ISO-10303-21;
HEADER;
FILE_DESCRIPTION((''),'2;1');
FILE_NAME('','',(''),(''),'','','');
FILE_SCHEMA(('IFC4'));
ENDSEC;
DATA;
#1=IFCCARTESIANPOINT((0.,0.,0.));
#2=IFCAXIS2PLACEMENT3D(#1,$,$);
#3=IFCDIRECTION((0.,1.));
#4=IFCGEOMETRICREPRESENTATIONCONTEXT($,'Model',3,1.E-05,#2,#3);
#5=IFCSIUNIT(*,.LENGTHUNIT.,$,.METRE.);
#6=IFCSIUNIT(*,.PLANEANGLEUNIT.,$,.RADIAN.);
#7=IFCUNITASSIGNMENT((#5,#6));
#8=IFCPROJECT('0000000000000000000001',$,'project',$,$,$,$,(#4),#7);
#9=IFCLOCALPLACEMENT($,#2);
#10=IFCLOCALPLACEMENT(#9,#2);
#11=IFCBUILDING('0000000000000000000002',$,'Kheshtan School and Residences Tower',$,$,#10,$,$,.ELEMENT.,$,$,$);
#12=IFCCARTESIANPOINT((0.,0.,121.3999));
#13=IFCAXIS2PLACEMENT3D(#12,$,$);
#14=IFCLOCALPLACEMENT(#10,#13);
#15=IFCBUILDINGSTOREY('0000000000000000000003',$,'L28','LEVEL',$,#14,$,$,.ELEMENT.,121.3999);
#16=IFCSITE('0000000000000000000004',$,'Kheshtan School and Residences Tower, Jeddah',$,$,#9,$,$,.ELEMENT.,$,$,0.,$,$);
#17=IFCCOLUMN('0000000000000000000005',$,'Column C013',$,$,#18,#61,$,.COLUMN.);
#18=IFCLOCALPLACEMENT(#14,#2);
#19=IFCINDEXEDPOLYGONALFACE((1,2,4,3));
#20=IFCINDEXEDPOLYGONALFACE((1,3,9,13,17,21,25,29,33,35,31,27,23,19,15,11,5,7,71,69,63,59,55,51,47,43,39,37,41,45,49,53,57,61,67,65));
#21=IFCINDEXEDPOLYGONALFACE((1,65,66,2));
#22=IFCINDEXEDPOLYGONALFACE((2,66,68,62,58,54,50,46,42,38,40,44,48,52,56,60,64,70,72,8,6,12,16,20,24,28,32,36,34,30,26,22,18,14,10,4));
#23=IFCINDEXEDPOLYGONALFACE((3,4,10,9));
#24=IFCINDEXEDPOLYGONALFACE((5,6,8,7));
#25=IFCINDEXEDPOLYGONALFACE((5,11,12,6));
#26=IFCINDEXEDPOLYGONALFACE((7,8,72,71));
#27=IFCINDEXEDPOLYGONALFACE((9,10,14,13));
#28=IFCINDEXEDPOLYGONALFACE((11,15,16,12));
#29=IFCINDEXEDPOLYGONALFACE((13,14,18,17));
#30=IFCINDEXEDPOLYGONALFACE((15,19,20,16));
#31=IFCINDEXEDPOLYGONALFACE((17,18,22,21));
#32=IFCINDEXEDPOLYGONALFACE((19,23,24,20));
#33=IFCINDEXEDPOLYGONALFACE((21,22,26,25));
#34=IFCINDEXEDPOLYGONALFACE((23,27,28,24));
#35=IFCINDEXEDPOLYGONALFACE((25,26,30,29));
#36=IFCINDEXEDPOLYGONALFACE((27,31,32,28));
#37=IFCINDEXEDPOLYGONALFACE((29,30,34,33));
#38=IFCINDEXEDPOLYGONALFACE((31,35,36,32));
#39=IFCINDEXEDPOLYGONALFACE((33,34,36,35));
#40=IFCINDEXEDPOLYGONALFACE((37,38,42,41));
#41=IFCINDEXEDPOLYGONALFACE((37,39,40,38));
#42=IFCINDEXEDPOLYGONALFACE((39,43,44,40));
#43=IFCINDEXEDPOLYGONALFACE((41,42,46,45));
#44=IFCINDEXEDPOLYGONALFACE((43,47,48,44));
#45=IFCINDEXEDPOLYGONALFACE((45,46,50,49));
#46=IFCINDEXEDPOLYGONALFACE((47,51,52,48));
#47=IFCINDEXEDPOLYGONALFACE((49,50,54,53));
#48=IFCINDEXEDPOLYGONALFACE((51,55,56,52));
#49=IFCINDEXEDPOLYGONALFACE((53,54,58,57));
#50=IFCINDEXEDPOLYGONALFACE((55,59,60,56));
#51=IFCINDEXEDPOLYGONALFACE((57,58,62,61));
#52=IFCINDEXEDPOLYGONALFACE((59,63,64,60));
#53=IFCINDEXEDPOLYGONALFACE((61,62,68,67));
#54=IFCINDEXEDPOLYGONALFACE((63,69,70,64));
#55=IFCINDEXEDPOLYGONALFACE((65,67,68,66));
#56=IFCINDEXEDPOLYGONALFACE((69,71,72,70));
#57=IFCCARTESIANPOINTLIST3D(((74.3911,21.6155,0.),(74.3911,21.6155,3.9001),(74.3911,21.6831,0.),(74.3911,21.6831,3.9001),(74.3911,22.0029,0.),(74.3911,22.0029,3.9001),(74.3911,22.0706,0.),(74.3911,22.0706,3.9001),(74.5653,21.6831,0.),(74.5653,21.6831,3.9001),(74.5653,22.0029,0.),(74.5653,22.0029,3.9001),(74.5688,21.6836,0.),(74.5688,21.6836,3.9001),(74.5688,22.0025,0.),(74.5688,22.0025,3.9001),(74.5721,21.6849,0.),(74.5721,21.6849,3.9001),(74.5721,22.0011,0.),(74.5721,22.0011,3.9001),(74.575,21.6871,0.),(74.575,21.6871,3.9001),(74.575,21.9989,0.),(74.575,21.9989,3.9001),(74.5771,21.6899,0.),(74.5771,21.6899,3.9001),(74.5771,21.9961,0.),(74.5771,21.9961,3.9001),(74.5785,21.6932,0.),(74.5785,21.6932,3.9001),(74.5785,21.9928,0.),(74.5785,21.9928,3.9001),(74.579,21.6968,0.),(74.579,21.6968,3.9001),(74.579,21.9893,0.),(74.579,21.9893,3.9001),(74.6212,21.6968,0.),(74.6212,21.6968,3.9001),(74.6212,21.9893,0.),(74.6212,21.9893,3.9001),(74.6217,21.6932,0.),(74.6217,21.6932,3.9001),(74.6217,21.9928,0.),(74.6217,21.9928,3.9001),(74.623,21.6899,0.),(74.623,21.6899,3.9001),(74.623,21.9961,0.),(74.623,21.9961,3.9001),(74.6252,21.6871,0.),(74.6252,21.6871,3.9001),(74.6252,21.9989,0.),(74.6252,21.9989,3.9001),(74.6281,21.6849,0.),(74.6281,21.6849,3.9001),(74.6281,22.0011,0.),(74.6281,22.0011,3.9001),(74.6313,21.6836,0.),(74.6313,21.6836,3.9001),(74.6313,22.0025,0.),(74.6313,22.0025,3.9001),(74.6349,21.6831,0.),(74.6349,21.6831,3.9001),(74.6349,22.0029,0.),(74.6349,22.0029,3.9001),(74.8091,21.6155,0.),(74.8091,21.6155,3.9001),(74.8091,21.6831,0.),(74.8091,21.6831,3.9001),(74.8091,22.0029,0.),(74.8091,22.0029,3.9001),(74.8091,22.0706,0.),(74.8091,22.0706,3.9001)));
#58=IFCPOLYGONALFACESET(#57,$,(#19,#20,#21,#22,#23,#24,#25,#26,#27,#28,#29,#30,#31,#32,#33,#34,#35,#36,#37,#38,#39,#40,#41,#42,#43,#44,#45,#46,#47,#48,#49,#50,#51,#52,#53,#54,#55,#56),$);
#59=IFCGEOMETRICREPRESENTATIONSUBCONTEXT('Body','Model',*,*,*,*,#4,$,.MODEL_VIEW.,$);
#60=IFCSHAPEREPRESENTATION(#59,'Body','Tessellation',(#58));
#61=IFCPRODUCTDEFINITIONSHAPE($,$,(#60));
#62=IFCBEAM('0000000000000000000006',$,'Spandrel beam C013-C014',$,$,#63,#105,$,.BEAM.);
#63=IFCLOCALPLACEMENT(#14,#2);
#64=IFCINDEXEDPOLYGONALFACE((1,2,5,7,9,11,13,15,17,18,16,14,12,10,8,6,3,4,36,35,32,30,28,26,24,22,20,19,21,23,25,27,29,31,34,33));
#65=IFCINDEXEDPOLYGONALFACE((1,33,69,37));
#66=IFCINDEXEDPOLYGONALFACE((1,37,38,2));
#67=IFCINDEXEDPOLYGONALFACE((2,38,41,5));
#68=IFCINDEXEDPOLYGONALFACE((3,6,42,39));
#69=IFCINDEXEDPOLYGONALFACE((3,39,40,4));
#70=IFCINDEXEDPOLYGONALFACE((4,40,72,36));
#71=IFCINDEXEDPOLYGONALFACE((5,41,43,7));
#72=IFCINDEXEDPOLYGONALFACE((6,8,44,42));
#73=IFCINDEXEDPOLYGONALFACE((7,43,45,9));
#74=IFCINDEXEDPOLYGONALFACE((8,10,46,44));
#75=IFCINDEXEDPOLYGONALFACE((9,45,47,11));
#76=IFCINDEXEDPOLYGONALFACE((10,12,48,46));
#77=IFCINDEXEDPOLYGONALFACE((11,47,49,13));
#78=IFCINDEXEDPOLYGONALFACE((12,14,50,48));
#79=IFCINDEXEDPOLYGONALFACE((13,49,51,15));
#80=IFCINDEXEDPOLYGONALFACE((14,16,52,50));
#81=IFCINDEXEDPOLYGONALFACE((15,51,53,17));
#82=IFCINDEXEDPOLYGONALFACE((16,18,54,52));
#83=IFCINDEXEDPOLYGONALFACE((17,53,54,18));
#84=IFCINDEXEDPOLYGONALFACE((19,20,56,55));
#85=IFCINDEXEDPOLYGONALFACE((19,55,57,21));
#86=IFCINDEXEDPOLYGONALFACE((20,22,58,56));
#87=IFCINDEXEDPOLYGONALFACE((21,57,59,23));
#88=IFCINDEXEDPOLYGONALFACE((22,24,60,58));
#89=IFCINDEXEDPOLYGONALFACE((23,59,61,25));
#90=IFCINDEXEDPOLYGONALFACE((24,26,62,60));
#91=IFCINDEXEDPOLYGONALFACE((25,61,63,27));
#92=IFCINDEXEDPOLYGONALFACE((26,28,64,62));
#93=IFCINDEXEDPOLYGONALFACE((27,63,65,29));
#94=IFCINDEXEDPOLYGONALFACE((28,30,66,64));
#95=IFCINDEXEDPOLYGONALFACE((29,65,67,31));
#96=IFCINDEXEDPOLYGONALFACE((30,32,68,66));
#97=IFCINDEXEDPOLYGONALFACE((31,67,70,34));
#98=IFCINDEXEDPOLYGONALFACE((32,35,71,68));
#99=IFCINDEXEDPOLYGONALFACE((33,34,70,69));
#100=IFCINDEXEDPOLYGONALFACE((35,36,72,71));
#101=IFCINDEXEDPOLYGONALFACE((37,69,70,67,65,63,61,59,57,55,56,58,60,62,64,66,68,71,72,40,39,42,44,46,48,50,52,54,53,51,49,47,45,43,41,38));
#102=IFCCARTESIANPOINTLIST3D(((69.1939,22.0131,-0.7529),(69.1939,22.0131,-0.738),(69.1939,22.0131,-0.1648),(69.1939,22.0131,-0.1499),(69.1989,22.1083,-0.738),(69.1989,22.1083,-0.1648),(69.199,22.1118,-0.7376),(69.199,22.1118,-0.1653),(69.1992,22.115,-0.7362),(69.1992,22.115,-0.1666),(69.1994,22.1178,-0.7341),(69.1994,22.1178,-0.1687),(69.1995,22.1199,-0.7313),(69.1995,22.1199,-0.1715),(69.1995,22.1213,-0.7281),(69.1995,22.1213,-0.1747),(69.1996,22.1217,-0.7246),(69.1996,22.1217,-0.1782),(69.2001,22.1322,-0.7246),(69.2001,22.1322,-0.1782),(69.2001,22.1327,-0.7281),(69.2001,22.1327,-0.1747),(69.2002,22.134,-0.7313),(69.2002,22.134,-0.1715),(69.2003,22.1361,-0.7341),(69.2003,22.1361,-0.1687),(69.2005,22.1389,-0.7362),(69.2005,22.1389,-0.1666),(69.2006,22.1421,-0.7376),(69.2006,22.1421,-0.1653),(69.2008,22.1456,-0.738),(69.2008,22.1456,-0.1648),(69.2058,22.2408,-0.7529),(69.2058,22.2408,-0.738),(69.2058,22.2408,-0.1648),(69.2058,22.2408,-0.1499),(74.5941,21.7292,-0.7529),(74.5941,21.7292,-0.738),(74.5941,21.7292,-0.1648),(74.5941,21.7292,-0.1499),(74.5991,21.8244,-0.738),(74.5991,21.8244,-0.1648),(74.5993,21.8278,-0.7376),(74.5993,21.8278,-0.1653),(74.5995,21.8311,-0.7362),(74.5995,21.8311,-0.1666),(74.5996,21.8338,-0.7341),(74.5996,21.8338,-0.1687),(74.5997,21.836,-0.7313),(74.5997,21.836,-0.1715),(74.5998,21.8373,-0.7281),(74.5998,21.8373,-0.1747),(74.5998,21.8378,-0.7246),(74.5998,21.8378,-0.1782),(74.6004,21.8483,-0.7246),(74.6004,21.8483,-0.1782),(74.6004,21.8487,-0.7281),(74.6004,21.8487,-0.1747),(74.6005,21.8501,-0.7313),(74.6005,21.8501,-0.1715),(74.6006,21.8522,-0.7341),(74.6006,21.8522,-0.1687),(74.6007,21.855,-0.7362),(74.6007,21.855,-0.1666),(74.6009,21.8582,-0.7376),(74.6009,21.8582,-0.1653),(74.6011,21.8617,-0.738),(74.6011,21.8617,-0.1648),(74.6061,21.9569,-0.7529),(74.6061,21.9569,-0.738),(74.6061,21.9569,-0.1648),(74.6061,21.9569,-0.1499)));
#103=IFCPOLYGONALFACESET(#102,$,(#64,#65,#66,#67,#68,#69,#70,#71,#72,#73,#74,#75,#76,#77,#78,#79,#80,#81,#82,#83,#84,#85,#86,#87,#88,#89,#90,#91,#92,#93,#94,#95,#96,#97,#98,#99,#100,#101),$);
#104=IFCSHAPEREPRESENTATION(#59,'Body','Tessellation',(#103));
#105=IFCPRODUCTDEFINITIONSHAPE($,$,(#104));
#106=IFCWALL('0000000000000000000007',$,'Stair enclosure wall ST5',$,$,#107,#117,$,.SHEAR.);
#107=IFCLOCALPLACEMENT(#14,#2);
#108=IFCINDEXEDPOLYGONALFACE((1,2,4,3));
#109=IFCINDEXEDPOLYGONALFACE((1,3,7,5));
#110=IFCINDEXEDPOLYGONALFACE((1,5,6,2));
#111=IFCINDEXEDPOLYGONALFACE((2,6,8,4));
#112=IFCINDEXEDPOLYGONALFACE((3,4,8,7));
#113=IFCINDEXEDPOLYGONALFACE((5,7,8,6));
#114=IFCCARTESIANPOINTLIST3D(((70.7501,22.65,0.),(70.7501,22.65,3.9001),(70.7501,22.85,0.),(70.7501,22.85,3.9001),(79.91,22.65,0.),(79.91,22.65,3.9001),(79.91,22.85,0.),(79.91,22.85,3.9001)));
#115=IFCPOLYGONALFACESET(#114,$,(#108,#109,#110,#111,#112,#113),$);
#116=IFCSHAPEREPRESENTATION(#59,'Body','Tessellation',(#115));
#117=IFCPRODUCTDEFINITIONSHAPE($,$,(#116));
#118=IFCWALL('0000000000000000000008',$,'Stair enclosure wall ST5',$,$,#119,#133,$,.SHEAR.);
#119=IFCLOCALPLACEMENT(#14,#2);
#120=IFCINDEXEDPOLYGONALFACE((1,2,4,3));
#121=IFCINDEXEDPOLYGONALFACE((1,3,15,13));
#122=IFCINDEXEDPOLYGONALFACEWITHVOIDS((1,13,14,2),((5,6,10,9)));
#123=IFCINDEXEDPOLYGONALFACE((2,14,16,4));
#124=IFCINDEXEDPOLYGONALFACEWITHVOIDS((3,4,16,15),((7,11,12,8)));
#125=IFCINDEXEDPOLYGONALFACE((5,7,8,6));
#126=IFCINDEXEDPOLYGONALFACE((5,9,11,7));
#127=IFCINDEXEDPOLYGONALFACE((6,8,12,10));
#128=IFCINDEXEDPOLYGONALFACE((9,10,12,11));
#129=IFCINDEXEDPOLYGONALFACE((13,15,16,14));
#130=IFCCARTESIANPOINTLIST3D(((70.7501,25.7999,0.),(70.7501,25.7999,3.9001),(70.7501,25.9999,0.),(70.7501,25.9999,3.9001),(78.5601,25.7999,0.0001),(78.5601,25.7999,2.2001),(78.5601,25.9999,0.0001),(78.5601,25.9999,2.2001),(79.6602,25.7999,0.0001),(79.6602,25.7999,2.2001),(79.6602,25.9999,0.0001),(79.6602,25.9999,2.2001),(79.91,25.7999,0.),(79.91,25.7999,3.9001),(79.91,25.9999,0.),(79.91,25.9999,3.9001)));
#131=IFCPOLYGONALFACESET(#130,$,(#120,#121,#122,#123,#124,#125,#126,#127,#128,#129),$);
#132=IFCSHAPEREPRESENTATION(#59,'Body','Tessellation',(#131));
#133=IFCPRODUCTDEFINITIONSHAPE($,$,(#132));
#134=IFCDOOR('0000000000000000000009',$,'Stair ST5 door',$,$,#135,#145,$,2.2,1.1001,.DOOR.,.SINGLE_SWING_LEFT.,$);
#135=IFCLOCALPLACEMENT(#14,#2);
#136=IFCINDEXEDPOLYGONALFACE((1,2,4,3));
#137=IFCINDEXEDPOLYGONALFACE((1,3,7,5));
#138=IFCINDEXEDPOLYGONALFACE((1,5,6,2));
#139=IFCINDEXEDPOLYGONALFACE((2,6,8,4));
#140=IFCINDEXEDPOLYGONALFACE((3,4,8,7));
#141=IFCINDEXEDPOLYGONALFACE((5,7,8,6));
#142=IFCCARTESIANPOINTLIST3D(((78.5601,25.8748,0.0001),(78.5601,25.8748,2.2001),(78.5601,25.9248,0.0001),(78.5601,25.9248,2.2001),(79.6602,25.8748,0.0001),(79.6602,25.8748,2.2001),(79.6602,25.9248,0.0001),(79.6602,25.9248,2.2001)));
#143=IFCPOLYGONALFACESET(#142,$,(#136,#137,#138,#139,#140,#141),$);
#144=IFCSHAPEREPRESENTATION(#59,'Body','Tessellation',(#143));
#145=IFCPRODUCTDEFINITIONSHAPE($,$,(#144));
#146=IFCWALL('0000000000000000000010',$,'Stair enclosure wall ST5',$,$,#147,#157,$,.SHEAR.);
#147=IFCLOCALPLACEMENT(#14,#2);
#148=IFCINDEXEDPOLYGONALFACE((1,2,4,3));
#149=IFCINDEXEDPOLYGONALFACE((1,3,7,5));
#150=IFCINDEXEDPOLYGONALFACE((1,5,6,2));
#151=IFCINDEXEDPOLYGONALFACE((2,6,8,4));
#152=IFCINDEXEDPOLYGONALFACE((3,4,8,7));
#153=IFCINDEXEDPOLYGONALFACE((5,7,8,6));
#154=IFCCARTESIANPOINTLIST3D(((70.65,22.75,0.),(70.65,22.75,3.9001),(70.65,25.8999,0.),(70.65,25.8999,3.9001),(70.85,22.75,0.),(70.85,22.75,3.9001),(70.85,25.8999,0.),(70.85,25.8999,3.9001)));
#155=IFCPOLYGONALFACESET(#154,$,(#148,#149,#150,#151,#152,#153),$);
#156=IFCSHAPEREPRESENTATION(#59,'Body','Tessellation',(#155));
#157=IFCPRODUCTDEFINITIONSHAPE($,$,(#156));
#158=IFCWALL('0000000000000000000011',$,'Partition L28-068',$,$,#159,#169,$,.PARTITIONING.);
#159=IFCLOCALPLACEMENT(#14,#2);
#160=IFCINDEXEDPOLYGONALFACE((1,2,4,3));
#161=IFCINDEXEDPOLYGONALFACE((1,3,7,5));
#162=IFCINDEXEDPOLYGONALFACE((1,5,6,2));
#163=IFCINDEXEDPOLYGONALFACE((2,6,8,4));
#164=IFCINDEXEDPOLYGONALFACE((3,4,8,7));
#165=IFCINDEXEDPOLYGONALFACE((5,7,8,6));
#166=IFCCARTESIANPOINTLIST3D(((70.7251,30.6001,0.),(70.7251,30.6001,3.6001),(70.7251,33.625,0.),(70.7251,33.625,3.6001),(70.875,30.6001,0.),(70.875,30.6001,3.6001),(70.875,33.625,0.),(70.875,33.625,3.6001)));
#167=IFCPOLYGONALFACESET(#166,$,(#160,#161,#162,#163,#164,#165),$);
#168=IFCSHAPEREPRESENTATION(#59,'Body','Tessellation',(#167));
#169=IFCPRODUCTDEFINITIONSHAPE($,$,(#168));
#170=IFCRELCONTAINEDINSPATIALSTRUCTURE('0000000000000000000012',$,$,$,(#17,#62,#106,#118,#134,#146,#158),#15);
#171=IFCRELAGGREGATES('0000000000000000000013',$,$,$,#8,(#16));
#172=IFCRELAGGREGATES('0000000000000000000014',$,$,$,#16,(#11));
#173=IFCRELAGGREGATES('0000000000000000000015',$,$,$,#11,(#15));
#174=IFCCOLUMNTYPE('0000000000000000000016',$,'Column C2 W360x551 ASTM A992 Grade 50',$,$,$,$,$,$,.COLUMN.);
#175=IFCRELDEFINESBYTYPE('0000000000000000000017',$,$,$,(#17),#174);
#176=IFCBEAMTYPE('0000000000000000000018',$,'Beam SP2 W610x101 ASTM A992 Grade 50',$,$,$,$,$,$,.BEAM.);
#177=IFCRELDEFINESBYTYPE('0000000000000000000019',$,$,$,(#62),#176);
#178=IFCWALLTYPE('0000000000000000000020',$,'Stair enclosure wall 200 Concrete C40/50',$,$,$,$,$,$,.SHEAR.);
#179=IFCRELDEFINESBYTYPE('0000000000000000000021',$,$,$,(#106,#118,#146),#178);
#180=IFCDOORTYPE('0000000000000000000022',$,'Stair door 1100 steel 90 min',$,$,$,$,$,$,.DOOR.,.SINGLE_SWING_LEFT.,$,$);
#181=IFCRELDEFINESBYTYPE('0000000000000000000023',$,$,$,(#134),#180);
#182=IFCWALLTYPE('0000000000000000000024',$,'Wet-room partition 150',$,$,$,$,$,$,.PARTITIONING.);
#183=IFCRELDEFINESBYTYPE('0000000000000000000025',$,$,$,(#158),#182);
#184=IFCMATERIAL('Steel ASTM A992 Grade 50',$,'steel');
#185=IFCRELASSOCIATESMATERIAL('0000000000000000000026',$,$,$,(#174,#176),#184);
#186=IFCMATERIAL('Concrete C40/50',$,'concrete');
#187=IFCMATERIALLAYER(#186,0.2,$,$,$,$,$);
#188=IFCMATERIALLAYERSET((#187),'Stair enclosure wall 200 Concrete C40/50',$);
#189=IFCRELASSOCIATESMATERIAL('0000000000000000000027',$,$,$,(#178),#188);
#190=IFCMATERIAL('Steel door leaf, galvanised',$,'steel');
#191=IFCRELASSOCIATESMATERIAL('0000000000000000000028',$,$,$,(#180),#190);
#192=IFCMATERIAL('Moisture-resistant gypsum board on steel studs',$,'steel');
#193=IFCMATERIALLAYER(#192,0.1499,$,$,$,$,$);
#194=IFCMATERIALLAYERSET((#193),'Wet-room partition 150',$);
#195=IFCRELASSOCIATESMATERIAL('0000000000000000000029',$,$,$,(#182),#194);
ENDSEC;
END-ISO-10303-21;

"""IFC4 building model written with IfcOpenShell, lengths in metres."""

from ifc_helpers import new_model, si_unit, direction, frame, frame_2d, origin, origin_2d, place, context, subcontext, project, spatial, rectangle, i_section, extrude, source, transform, mapped, material, layer, layer_set, material_profile, profile_set, type_object, element, fill, save


model = new_model("IFC4")

# Units and contexts
model_context = context("Model", 3, precision=1e-05, world=origin(), true_north=direction((0.0, 1.0)))
body_context = subcontext(model_context, "Body", "Model", "MODEL_VIEW")
ifc_project = project(units=[si_unit("LENGTHUNIT", "METRE"), si_unit("PLANEANGLEUNIT", "RADIAN")], contexts=[model_context])

# Site, building, storey
site_placement = place(None, origin())
site = spatial("IfcSite", under=ifc_project, at=site_placement, Name="Kheshtan School and Residences Tower, Jeddah", CompositionType="ELEMENT", RefElevation=0.0)
building_placement = place(site_placement, origin())
building = spatial("IfcBuilding", under=site, at=building_placement, Name="Kheshtan School and Residences Tower", CompositionType="ELEMENT")
storey_placement = place(building_placement, frame((0.0, 0.0, 121.3999)))
storey = spatial("IfcBuildingStorey", under=building, at=storey_placement, Name="L28", Description="LEVEL", CompositionType="ELEMENT", Elevation=121.3999)

# Column
ifc_material_1 = material(Name="Steel ASTM A992 Grade 50", Category="steel")
ifc_material_profile_1 = material_profile(ifc_material_1, i_section(OverallWidth=0.418, OverallDepth=0.4551, WebThickness=0.0422, FlangeThickness=0.0676, FilletRadius=0.0137, at=origin_2d()), Name="W360x551")
ifc_profile_set_1 = profile_set([ifc_material_profile_1], Name="Steel ASTM A992 Grade 50")
column_type = type_object("IfcColumnType", Name="Column C2 W360x551 ASTM A992 Grade 50", PredefinedType="COLUMN", material=ifc_profile_set_1)
column_placement = place(storey_placement, frame((74.6001, 21.843, 0.0), z_axis=(0.0, 0.0, 1.0), x_axis=(1.0, 0.0, 0.0)))
element("IfcColumn", 1, at=column_placement, inside=storey, type_object=column_type, Name="Column C013", PredefinedType="COLUMN", context=body_context, shape_type="SweptSolid", body=[
    extrude(i_section(OverallWidth=0.418, OverallDepth=0.4551, WebThickness=0.0422, FlangeThickness=0.0676, FilletRadius=0.0137, at=origin_2d()), origin(), (0.0, 0.0, 1.0), 3.9001),
])

# Beam
ifc_material_profile_2 = material_profile(ifc_material_1, i_section(OverallWidth=0.228, OverallDepth=0.603, WebThickness=0.0105, FlangeThickness=0.0149, FilletRadius=0.0134, at=origin_2d()), Name="W610x101")
ifc_profile_set_2 = profile_set([ifc_material_profile_2], Name="Steel ASTM A992 Grade 50")
beam_type = type_object("IfcBeamType", Name="Beam SP2 W610x101 ASTM A992 Grade 50", PredefinedType="BEAM", material=ifc_profile_set_2)
beam_placement = place(storey_placement, frame((74.6001, 21.843, -0.4514), z_axis=(-0.998621, 0.052507, 0.0), x_axis=(-0.052507, -0.998621, 0.0)))
element("IfcBeam", 2, at=beam_placement, inside=storey, type_object=beam_type, Name="Spandrel beam C013-C014", PredefinedType="BEAM", context=body_context, shape_type="SweptSolid", body=[
    extrude(i_section(OverallWidth=0.228, OverallDepth=0.603, WebThickness=0.0105, FlangeThickness=0.0149, FilletRadius=0.0134, at=origin_2d()), origin(), (0.0, 0.0, 1.0), 5.4077),
])

# Wall
ifc_material_2 = material(Name="Concrete C40/50", Category="concrete")
ifc_layer_1 = layer(ifc_material_2, 0.2)
ifc_layer_set_1 = layer_set([ifc_layer_1], Name="Stair enclosure wall 200 Concrete C40/50")
wall_type_1 = type_object("IfcWallType", Name="Stair enclosure wall 200 Concrete C40/50", PredefinedType="SHEAR", material=ifc_layer_set_1)
wall_1_placement = place(storey_placement, frame((70.75, 22.75, 0.0), z_axis=(0.0, 0.0, 1.0), x_axis=(1.0, 0.0, 0.0)))
element("IfcWall", 3, at=wall_1_placement, inside=storey, type_object=wall_type_1, Name="Stair enclosure wall ST5", PredefinedType="SHEAR", context=body_context, shape_type="SweptSolid", body=[
    extrude(rectangle(XDim=9.1599, YDim=0.2, at=frame_2d((4.5801, 0.0))), origin(), (0.0, 0.0, 1.0), 3.9001),
])

# Wall, opening, door
wall_2_placement = place(storey_placement, frame((70.75, 25.8999, 0.0), z_axis=(0.0, 0.0, 1.0), x_axis=(1.0, 0.0, 0.0)))
wall_2 = element("IfcWall", 4, at=wall_2_placement, inside=storey, type_object=wall_type_1, Name="Stair enclosure wall ST5", PredefinedType="SHEAR", context=body_context, shape_type="SweptSolid", body=[
    extrude(rectangle(XDim=9.1599, YDim=0.2, at=frame_2d((4.5801, 0.0))), origin(), (0.0, 0.0, 1.0), 3.9001),
])
opening_1_placement = place(wall_2_placement, frame((7.8101, 0.0, 0.0)))
opening_1 = element("IfcOpeningElement", 5, at=opening_1_placement, cuts=wall_2, PredefinedType="OPENING", context=body_context, shape_type="SweptSolid", body=[
    extrude(rectangle(XDim=1.1001, YDim=2.2, at=frame_2d((0.55, 1.1001))), frame((0.0, 0.1099, 0.0), z_axis=(0.0, -1.0, 0.0), x_axis=(1.0, 0.0, 0.0)), (0.0, 0.0, 1.0), 0.22),
])
ifc_material_3 = material(Name="Steel door leaf, galvanised", Category="steel")
door_type_1 = type_object("IfcDoorType", Name="Stair door 1100 steel 90 min", OperationType="SINGLE_SWING_LEFT", PredefinedType="DOOR", material=ifc_material_3)
shared_shape_1 = source(origin(), body_context, "Body", "SweptSolid", [
    extrude(rectangle(XDim=1.1001, YDim=2.2, at=frame_2d((0.55, 1.1001))), frame((0.0, 0.0249, 0.0), z_axis=(0.0, -1.0, 0.0), x_axis=(1.0, 0.0, 0.0)), (0.0, 0.0, 1.0), 0.05),
])
door_1_placement = place(opening_1_placement, origin())
door_1 = element("IfcDoor", 6, at=door_1_placement, inside=storey, type_object=door_type_1, Name="Stair ST5 door", OperationType="SINGLE_SWING_LEFT", OverallHeight=2.2, OverallWidth=1.1001, PredefinedType="DOOR", context=body_context, shape_type="MappedRepresentation", body=[
    mapped(shared_shape_1, transform((0.0, 0.0, 0.0), x_axis=(1.0, 0.0, 0.0), y_axis=(0.0, 1.0, 0.0), z_axis=(0.0, 0.0, 1.0), scale=1.0)),
])
fill(opening_1, door_1)

# Walls
wall_3_placement = place(storey_placement, frame((70.75, 22.75, 0.0), z_axis=(0.0, 0.0, 1.0), x_axis=(0.0, 1.0, 0.0)))
element("IfcWall", 7, at=wall_3_placement, inside=storey, type_object=wall_type_1, Name="Stair enclosure wall ST5", PredefinedType="SHEAR", context=body_context, shape_type="SweptSolid", body=[
    extrude(rectangle(XDim=3.1499, YDim=0.2, at=frame_2d((1.575, 0.0))), origin(), (0.0, 0.0, 1.0), 3.9001),
])
ifc_material_4 = material(Name="Moisture-resistant gypsum board on steel studs", Category="steel")
ifc_layer_2 = layer(ifc_material_4, 0.1499)
ifc_layer_set_2 = layer_set([ifc_layer_2], Name="Wet-room partition 150")
wall_type_2 = type_object("IfcWallType", Name="Wet-room partition 150", PredefinedType="PARTITIONING", material=ifc_layer_set_2)
wall_4_placement = place(storey_placement, frame((70.8, 30.6001, 0.0), z_axis=(0.0, 0.0, 1.0), x_axis=(0.0, 1.0, 0.0)))
element("IfcWall", 8, at=wall_4_placement, inside=storey, type_object=wall_type_2, Name="Partition L28-068", PredefinedType="PARTITIONING", context=body_context, shape_type="SweptSolid", body=[
    extrude(rectangle(XDim=3.0249, YDim=0.1499, at=frame_2d((1.5125, 0.0))), origin(), (0.0, 0.0, 1.0), 3.6001),
])

save(model, "model.ifc")
